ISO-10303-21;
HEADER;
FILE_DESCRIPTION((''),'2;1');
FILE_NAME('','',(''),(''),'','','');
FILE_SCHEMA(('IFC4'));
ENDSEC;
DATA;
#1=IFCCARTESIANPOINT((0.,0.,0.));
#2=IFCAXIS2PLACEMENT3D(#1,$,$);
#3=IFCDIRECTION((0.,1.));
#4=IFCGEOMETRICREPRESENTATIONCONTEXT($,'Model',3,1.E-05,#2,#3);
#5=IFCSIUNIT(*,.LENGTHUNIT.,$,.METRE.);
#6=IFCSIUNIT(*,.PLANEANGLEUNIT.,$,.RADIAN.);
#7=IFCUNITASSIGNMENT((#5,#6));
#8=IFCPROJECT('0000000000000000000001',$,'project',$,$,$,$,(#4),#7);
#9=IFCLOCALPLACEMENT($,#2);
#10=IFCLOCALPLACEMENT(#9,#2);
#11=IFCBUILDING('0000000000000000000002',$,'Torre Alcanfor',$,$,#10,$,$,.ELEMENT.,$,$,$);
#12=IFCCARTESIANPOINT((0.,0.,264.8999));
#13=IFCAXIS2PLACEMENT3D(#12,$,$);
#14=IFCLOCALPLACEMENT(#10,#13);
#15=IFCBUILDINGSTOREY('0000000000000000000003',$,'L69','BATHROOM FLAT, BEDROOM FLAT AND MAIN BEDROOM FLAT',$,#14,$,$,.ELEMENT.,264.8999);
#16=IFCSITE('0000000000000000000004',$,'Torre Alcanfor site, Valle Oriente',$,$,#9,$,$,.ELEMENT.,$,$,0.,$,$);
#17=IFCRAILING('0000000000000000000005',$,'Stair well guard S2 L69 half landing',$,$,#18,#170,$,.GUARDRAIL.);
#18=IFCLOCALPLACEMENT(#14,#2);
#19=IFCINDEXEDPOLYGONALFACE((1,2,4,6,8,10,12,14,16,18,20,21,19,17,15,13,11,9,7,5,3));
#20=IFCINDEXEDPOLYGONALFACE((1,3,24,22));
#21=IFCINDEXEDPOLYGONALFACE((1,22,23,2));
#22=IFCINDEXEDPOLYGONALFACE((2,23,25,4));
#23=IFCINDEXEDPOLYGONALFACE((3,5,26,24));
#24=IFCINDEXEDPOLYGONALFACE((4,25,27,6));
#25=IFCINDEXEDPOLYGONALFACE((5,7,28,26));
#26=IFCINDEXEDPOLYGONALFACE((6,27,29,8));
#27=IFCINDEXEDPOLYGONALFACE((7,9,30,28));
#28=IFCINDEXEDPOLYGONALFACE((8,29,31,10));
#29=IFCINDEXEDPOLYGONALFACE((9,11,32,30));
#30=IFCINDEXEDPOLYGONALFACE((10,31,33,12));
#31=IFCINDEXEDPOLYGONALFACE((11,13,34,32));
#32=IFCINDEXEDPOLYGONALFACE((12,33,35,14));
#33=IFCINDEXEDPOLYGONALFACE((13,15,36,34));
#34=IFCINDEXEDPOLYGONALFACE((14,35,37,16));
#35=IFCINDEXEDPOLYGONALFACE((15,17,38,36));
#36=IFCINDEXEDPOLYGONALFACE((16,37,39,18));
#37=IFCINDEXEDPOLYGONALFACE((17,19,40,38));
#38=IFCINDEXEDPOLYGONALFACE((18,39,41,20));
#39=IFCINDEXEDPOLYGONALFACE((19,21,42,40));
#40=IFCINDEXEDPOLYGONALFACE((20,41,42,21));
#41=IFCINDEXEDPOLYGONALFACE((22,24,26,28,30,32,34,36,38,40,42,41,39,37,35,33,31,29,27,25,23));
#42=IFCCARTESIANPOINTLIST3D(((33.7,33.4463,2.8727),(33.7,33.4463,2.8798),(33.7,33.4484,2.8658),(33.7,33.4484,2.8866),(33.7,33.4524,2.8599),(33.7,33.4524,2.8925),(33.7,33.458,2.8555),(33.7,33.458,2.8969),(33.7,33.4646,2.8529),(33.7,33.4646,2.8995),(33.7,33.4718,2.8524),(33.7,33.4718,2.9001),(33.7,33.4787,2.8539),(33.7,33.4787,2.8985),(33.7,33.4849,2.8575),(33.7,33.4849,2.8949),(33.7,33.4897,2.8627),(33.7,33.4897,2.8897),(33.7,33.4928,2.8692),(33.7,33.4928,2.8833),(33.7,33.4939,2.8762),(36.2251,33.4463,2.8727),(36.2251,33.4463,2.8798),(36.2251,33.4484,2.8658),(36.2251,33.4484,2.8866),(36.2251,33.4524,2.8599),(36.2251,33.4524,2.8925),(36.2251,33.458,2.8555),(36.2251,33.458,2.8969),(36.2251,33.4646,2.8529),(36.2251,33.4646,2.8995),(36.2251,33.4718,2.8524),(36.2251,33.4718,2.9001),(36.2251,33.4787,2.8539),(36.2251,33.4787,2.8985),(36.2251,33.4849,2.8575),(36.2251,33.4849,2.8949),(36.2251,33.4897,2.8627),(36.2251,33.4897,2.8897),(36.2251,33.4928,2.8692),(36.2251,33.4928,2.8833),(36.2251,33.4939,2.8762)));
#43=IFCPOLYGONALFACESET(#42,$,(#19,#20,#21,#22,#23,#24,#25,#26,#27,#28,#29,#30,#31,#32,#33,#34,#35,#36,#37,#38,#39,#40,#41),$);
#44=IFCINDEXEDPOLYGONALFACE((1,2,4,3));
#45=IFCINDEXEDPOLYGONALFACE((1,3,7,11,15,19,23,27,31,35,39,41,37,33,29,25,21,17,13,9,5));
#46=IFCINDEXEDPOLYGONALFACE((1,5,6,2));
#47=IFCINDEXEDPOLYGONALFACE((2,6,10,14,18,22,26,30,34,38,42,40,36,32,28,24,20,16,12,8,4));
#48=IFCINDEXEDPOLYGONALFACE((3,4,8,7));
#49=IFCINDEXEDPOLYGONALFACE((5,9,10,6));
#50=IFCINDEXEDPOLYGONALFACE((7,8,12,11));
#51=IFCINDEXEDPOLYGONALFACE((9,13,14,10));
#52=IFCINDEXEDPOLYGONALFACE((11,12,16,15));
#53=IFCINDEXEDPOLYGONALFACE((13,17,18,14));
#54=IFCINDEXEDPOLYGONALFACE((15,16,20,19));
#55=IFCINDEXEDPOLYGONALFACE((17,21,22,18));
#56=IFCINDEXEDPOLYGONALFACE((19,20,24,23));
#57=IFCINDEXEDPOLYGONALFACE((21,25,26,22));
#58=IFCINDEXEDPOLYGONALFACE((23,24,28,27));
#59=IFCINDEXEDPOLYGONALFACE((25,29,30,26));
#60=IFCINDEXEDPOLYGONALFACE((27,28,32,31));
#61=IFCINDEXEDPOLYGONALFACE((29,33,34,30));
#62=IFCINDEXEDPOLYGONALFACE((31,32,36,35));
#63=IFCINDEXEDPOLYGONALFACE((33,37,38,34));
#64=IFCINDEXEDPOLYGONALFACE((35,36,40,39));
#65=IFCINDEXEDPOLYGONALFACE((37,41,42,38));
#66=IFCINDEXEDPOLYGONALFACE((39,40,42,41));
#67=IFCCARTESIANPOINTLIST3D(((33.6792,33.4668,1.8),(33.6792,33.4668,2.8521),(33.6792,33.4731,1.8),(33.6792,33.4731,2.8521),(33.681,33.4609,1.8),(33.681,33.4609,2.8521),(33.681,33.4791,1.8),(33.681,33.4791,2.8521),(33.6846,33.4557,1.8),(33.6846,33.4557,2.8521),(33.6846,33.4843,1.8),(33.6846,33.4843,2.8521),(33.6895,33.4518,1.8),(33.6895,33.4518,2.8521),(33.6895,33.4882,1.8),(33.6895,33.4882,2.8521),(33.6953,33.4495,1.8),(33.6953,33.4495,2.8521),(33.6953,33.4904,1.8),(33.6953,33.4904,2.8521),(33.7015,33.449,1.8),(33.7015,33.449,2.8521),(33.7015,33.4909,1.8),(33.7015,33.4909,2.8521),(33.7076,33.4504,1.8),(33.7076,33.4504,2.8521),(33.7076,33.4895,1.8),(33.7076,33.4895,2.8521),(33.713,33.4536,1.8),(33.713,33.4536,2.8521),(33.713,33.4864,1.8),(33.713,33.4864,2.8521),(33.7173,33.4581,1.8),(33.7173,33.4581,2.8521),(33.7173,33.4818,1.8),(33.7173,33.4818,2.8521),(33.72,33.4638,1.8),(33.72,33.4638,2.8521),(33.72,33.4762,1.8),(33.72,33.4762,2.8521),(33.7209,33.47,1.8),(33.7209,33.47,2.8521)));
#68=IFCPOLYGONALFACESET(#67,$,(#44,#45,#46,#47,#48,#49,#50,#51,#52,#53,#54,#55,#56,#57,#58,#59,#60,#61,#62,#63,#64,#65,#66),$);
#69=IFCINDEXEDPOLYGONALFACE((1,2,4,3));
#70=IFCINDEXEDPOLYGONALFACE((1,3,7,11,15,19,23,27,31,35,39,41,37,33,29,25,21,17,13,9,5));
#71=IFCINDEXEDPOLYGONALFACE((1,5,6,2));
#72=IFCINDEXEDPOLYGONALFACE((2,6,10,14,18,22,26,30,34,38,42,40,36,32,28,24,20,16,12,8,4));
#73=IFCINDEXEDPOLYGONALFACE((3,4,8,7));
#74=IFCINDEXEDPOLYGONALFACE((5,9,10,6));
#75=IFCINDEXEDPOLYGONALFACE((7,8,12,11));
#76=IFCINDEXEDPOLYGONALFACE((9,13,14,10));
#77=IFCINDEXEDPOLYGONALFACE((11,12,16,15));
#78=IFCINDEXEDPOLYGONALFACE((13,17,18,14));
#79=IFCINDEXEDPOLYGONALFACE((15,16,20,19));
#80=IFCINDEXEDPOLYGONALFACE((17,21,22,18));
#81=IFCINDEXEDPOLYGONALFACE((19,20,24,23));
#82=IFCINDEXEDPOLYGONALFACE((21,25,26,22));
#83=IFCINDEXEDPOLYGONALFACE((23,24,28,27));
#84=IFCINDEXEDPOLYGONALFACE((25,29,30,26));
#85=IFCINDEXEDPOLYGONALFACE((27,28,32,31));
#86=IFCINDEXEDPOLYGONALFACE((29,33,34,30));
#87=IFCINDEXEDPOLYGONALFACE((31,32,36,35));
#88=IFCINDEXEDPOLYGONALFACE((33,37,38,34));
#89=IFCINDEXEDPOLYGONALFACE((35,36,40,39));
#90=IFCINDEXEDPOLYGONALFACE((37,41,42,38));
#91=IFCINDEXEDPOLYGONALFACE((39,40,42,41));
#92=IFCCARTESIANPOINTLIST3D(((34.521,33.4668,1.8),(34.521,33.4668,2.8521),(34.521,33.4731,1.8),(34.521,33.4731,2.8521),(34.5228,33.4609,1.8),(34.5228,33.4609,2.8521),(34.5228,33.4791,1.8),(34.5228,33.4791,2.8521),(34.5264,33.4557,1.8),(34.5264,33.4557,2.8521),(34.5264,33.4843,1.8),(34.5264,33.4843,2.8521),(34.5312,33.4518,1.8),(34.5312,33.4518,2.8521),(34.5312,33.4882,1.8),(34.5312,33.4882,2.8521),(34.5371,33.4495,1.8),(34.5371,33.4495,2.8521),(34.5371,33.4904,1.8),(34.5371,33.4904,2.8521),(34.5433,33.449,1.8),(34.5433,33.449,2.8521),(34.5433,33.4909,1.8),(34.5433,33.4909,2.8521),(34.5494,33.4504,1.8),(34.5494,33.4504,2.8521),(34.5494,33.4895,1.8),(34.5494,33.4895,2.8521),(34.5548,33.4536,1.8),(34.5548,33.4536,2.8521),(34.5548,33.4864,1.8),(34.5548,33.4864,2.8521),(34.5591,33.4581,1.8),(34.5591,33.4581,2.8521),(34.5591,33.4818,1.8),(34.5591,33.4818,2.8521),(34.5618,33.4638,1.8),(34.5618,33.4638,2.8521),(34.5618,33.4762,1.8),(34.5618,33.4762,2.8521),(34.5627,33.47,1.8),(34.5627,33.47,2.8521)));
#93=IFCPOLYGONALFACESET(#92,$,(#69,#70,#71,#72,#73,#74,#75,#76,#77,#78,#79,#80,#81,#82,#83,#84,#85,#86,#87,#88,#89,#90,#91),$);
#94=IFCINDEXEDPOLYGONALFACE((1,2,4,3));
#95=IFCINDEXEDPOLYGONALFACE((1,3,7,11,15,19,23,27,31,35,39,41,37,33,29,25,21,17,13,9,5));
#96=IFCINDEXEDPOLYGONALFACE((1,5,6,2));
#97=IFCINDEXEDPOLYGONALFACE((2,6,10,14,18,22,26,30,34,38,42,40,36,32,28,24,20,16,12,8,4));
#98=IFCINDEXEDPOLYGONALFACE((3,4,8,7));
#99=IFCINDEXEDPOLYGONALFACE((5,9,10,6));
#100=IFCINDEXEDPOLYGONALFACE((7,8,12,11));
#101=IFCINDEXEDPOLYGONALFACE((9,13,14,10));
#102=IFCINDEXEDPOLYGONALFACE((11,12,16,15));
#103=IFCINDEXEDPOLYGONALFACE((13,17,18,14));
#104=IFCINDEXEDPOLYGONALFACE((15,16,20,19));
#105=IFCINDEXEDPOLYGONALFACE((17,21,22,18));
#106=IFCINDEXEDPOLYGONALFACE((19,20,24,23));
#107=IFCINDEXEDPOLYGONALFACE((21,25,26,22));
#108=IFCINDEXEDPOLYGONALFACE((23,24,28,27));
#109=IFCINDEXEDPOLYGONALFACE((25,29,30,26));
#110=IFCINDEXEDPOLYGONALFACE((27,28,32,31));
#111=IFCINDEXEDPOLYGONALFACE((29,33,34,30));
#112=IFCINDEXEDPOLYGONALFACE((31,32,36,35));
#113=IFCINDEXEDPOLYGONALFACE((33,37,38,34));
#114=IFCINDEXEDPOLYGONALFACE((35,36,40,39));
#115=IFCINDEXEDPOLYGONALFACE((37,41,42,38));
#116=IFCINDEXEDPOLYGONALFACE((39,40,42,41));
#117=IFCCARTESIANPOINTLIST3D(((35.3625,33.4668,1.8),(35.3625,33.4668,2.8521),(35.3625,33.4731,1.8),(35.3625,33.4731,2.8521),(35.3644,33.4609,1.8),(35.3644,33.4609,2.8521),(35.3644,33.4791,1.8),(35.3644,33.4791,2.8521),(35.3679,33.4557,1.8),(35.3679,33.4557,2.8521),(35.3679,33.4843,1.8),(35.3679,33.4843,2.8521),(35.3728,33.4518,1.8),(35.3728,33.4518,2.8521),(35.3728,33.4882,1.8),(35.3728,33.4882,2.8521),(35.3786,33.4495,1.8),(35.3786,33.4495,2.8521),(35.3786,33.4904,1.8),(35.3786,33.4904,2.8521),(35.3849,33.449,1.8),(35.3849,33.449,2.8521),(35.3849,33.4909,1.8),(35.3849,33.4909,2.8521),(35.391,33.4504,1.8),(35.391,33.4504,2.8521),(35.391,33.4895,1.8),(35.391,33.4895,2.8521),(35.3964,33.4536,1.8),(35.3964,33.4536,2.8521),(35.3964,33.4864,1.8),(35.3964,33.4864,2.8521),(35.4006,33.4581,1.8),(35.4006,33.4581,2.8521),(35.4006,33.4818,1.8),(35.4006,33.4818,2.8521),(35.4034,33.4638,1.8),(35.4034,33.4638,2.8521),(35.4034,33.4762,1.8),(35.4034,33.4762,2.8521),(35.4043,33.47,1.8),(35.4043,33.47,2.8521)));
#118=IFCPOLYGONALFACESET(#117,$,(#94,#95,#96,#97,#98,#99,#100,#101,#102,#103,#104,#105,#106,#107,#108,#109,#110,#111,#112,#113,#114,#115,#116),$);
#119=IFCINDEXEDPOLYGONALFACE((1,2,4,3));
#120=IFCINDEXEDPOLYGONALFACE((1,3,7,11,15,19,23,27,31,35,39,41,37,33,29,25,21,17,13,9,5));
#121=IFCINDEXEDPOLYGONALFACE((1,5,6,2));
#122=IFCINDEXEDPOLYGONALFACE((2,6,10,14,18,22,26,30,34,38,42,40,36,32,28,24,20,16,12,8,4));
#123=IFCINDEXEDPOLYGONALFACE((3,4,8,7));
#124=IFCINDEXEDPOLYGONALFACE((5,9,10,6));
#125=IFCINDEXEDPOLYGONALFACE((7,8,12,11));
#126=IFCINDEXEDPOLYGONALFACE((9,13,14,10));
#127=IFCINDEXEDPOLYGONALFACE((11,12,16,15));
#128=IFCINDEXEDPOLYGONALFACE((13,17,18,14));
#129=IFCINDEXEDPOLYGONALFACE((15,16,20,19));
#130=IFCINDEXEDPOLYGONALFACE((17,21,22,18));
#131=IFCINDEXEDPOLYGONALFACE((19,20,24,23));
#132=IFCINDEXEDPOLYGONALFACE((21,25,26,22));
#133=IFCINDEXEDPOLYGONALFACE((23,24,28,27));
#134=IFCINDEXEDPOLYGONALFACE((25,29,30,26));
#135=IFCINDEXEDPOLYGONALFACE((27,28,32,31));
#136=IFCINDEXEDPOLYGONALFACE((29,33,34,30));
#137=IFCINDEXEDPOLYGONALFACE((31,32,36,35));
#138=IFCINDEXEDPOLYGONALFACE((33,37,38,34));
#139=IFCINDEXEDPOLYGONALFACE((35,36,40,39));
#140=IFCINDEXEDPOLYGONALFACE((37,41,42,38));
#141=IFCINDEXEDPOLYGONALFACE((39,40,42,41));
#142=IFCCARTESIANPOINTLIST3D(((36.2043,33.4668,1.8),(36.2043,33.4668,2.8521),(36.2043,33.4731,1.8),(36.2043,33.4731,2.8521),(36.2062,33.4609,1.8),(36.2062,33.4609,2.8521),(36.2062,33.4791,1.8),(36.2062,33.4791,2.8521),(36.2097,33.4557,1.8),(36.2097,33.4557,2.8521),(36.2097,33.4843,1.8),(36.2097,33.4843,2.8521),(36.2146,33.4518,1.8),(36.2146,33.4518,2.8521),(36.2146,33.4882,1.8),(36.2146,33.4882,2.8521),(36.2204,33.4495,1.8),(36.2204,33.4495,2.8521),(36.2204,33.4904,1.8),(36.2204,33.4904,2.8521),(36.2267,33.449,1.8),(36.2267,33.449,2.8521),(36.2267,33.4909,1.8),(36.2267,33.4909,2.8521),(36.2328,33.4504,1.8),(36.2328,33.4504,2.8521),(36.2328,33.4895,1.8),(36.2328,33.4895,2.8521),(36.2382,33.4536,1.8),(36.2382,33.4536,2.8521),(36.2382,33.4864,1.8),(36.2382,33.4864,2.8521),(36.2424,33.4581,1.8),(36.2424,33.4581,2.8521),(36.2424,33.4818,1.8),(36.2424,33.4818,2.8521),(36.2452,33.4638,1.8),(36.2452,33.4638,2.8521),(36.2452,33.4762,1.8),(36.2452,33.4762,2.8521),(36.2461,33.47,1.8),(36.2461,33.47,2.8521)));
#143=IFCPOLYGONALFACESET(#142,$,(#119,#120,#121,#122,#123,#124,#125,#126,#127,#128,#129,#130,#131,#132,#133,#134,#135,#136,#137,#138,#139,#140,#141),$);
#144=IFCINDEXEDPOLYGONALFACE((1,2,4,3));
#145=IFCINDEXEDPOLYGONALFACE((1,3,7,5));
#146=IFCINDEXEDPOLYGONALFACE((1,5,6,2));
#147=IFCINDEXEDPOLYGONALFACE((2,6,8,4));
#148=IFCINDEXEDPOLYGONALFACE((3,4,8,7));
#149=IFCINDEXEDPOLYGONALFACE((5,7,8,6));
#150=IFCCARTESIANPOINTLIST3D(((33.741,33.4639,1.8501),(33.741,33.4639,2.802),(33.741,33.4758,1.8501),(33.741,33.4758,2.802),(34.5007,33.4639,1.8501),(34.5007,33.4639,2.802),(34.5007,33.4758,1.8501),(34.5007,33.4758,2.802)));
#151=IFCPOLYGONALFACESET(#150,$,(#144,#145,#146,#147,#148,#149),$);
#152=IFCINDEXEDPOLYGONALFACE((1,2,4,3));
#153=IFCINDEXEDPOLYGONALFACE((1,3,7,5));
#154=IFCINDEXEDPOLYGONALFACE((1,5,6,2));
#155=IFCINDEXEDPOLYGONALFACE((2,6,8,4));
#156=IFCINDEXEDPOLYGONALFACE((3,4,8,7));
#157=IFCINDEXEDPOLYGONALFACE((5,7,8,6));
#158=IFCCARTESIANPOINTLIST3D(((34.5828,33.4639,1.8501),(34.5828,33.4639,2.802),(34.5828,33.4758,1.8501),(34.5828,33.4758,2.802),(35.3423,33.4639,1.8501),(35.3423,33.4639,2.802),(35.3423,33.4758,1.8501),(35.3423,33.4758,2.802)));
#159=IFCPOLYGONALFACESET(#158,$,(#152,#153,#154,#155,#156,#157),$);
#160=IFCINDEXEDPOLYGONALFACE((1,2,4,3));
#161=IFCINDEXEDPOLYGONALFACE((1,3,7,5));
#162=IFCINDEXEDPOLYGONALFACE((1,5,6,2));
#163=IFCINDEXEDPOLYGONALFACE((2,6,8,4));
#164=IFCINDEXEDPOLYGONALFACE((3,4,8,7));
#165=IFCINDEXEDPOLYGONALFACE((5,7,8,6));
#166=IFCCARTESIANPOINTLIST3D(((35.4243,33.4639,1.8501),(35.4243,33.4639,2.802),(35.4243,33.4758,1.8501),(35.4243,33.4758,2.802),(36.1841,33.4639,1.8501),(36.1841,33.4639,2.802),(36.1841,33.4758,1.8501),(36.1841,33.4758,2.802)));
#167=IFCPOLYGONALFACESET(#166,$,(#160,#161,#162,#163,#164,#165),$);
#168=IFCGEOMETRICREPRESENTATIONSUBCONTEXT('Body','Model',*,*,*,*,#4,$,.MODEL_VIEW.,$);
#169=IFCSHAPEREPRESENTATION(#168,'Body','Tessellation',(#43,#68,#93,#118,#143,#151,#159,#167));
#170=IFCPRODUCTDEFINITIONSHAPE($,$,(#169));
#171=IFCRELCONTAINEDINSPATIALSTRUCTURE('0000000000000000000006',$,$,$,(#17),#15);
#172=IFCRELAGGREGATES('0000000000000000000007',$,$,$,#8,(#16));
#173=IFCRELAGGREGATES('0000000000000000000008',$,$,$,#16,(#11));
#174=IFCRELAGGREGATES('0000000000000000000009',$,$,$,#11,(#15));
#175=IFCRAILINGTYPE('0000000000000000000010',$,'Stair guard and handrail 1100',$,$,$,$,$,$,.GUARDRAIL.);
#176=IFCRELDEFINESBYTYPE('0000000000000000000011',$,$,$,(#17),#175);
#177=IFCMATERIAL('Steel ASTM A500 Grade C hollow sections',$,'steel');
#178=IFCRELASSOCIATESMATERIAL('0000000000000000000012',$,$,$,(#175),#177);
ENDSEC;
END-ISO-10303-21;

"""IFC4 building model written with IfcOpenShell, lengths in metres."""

from ifc_helpers import new_model, si_unit, direction, frame, origin, origin_2d, place, context, subcontext, project, spatial, polyline, circle, outline, extrude, material, type_object, element, save


model = new_model("IFC4")

# Units and contexts
model_context = context("Model", 3, precision=1e-05, world=origin(), true_north=direction((0.0, 1.0)))
body_context = subcontext(model_context, "Body", "Model", "MODEL_VIEW")
ifc_project = project(units=[si_unit("LENGTHUNIT", "METRE"), si_unit("PLANEANGLEUNIT", "RADIAN")], contexts=[model_context])

# Site, building, storey
site_placement = place(None, origin())
site = spatial("IfcSite", under=ifc_project, at=site_placement, Name="Torre Alcanfor site, Valle Oriente", CompositionType="ELEMENT", RefElevation=0.0)
building_placement = place(site_placement, origin())
building = spatial("IfcBuilding", under=site, at=building_placement, Name="Torre Alcanfor", CompositionType="ELEMENT")
storey_placement = place(building_placement, frame((0.0, 0.0, 264.8999)))
storey = spatial("IfcBuildingStorey", under=building, at=storey_placement, Name="L69", Description="BATHROOM FLAT, BEDROOM FLAT AND MAIN BEDROOM FLAT", CompositionType="ELEMENT", Elevation=264.8999)

# Railing
ifc_material_1 = material(Name="Steel ASTM A500 Grade C hollow sections", Category="steel")
railing_type_1 = type_object("IfcRailingType", Name="Stair guard and handrail 1100", PredefinedType="GUARDRAIL", material=ifc_material_1)
for number, where, name in (
    (1, (33.7, 33.47, 1.8), "Stair well guard S2 L69 half landing"),
):
    element("IfcRailing", number, at=place(storey_placement, frame(where)), inside=storey, type_object=railing_type_1, Name=name, PredefinedType="GUARDRAIL", context=body_context, shape_type="SweptSolid", body=[
        extrude(circle(Radius=0.0239, at=origin_2d()), frame((0.0, 0.0, 1.0762), z_axis=(1.0, 0.0, 0.0), x_axis=(0.0, 1.0, 0.0)), (0.0, 0.0, 1.0), 2.5251),
        extrude(circle(Radius=0.021, at=origin_2d()), origin(), (0.0, 0.0, 1.0), 1.052),
        extrude(circle(Radius=0.021, at=origin_2d()), frame((0.8418, 0.0, 0.0)), (0.0, 0.0, 1.0), 1.052),
        extrude(circle(Radius=0.021, at=origin_2d()), frame((1.6833, 0.0, 0.0)), (0.0, 0.0, 1.0), 1.052),
        extrude(circle(Radius=0.021, at=origin_2d()), frame((2.5251, 0.0, 0.0)), (0.0, 0.0, 1.0), 1.052),
        extrude(outline(polyline([(0.041, 0.05), (0.8008, 0.05), (0.8008, 1.002), (0.041, 1.002), (0.041, 0.05)])), frame((0.0, 0.0059, 0.0), z_axis=(0.0, -1.0, 0.0), x_axis=(1.0, 0.0, 0.0)), (0.0, 0.0, 1.0), 0.012),
        extrude(outline(polyline([(0.8828, 0.05), (1.6423, 0.05), (1.6423, 1.002), (0.8828, 1.002), (0.8828, 0.05)])), frame((0.0, 0.0059, 0.0), z_axis=(0.0, -1.0, 0.0), x_axis=(1.0, 0.0, 0.0)), (0.0, 0.0, 1.0), 0.012),
        extrude(outline(polyline([(1.7244, 0.05), (2.4841, 0.05), (2.4841, 1.002), (1.7244, 1.002), (1.7244, 0.05)])), frame((0.0, 0.0059, 0.0), z_axis=(0.0, -1.0, 0.0), x_axis=(1.0, 0.0, 0.0)), (0.0, 0.0, 1.0), 0.012),
    ])

save(model, "model.ifc")
